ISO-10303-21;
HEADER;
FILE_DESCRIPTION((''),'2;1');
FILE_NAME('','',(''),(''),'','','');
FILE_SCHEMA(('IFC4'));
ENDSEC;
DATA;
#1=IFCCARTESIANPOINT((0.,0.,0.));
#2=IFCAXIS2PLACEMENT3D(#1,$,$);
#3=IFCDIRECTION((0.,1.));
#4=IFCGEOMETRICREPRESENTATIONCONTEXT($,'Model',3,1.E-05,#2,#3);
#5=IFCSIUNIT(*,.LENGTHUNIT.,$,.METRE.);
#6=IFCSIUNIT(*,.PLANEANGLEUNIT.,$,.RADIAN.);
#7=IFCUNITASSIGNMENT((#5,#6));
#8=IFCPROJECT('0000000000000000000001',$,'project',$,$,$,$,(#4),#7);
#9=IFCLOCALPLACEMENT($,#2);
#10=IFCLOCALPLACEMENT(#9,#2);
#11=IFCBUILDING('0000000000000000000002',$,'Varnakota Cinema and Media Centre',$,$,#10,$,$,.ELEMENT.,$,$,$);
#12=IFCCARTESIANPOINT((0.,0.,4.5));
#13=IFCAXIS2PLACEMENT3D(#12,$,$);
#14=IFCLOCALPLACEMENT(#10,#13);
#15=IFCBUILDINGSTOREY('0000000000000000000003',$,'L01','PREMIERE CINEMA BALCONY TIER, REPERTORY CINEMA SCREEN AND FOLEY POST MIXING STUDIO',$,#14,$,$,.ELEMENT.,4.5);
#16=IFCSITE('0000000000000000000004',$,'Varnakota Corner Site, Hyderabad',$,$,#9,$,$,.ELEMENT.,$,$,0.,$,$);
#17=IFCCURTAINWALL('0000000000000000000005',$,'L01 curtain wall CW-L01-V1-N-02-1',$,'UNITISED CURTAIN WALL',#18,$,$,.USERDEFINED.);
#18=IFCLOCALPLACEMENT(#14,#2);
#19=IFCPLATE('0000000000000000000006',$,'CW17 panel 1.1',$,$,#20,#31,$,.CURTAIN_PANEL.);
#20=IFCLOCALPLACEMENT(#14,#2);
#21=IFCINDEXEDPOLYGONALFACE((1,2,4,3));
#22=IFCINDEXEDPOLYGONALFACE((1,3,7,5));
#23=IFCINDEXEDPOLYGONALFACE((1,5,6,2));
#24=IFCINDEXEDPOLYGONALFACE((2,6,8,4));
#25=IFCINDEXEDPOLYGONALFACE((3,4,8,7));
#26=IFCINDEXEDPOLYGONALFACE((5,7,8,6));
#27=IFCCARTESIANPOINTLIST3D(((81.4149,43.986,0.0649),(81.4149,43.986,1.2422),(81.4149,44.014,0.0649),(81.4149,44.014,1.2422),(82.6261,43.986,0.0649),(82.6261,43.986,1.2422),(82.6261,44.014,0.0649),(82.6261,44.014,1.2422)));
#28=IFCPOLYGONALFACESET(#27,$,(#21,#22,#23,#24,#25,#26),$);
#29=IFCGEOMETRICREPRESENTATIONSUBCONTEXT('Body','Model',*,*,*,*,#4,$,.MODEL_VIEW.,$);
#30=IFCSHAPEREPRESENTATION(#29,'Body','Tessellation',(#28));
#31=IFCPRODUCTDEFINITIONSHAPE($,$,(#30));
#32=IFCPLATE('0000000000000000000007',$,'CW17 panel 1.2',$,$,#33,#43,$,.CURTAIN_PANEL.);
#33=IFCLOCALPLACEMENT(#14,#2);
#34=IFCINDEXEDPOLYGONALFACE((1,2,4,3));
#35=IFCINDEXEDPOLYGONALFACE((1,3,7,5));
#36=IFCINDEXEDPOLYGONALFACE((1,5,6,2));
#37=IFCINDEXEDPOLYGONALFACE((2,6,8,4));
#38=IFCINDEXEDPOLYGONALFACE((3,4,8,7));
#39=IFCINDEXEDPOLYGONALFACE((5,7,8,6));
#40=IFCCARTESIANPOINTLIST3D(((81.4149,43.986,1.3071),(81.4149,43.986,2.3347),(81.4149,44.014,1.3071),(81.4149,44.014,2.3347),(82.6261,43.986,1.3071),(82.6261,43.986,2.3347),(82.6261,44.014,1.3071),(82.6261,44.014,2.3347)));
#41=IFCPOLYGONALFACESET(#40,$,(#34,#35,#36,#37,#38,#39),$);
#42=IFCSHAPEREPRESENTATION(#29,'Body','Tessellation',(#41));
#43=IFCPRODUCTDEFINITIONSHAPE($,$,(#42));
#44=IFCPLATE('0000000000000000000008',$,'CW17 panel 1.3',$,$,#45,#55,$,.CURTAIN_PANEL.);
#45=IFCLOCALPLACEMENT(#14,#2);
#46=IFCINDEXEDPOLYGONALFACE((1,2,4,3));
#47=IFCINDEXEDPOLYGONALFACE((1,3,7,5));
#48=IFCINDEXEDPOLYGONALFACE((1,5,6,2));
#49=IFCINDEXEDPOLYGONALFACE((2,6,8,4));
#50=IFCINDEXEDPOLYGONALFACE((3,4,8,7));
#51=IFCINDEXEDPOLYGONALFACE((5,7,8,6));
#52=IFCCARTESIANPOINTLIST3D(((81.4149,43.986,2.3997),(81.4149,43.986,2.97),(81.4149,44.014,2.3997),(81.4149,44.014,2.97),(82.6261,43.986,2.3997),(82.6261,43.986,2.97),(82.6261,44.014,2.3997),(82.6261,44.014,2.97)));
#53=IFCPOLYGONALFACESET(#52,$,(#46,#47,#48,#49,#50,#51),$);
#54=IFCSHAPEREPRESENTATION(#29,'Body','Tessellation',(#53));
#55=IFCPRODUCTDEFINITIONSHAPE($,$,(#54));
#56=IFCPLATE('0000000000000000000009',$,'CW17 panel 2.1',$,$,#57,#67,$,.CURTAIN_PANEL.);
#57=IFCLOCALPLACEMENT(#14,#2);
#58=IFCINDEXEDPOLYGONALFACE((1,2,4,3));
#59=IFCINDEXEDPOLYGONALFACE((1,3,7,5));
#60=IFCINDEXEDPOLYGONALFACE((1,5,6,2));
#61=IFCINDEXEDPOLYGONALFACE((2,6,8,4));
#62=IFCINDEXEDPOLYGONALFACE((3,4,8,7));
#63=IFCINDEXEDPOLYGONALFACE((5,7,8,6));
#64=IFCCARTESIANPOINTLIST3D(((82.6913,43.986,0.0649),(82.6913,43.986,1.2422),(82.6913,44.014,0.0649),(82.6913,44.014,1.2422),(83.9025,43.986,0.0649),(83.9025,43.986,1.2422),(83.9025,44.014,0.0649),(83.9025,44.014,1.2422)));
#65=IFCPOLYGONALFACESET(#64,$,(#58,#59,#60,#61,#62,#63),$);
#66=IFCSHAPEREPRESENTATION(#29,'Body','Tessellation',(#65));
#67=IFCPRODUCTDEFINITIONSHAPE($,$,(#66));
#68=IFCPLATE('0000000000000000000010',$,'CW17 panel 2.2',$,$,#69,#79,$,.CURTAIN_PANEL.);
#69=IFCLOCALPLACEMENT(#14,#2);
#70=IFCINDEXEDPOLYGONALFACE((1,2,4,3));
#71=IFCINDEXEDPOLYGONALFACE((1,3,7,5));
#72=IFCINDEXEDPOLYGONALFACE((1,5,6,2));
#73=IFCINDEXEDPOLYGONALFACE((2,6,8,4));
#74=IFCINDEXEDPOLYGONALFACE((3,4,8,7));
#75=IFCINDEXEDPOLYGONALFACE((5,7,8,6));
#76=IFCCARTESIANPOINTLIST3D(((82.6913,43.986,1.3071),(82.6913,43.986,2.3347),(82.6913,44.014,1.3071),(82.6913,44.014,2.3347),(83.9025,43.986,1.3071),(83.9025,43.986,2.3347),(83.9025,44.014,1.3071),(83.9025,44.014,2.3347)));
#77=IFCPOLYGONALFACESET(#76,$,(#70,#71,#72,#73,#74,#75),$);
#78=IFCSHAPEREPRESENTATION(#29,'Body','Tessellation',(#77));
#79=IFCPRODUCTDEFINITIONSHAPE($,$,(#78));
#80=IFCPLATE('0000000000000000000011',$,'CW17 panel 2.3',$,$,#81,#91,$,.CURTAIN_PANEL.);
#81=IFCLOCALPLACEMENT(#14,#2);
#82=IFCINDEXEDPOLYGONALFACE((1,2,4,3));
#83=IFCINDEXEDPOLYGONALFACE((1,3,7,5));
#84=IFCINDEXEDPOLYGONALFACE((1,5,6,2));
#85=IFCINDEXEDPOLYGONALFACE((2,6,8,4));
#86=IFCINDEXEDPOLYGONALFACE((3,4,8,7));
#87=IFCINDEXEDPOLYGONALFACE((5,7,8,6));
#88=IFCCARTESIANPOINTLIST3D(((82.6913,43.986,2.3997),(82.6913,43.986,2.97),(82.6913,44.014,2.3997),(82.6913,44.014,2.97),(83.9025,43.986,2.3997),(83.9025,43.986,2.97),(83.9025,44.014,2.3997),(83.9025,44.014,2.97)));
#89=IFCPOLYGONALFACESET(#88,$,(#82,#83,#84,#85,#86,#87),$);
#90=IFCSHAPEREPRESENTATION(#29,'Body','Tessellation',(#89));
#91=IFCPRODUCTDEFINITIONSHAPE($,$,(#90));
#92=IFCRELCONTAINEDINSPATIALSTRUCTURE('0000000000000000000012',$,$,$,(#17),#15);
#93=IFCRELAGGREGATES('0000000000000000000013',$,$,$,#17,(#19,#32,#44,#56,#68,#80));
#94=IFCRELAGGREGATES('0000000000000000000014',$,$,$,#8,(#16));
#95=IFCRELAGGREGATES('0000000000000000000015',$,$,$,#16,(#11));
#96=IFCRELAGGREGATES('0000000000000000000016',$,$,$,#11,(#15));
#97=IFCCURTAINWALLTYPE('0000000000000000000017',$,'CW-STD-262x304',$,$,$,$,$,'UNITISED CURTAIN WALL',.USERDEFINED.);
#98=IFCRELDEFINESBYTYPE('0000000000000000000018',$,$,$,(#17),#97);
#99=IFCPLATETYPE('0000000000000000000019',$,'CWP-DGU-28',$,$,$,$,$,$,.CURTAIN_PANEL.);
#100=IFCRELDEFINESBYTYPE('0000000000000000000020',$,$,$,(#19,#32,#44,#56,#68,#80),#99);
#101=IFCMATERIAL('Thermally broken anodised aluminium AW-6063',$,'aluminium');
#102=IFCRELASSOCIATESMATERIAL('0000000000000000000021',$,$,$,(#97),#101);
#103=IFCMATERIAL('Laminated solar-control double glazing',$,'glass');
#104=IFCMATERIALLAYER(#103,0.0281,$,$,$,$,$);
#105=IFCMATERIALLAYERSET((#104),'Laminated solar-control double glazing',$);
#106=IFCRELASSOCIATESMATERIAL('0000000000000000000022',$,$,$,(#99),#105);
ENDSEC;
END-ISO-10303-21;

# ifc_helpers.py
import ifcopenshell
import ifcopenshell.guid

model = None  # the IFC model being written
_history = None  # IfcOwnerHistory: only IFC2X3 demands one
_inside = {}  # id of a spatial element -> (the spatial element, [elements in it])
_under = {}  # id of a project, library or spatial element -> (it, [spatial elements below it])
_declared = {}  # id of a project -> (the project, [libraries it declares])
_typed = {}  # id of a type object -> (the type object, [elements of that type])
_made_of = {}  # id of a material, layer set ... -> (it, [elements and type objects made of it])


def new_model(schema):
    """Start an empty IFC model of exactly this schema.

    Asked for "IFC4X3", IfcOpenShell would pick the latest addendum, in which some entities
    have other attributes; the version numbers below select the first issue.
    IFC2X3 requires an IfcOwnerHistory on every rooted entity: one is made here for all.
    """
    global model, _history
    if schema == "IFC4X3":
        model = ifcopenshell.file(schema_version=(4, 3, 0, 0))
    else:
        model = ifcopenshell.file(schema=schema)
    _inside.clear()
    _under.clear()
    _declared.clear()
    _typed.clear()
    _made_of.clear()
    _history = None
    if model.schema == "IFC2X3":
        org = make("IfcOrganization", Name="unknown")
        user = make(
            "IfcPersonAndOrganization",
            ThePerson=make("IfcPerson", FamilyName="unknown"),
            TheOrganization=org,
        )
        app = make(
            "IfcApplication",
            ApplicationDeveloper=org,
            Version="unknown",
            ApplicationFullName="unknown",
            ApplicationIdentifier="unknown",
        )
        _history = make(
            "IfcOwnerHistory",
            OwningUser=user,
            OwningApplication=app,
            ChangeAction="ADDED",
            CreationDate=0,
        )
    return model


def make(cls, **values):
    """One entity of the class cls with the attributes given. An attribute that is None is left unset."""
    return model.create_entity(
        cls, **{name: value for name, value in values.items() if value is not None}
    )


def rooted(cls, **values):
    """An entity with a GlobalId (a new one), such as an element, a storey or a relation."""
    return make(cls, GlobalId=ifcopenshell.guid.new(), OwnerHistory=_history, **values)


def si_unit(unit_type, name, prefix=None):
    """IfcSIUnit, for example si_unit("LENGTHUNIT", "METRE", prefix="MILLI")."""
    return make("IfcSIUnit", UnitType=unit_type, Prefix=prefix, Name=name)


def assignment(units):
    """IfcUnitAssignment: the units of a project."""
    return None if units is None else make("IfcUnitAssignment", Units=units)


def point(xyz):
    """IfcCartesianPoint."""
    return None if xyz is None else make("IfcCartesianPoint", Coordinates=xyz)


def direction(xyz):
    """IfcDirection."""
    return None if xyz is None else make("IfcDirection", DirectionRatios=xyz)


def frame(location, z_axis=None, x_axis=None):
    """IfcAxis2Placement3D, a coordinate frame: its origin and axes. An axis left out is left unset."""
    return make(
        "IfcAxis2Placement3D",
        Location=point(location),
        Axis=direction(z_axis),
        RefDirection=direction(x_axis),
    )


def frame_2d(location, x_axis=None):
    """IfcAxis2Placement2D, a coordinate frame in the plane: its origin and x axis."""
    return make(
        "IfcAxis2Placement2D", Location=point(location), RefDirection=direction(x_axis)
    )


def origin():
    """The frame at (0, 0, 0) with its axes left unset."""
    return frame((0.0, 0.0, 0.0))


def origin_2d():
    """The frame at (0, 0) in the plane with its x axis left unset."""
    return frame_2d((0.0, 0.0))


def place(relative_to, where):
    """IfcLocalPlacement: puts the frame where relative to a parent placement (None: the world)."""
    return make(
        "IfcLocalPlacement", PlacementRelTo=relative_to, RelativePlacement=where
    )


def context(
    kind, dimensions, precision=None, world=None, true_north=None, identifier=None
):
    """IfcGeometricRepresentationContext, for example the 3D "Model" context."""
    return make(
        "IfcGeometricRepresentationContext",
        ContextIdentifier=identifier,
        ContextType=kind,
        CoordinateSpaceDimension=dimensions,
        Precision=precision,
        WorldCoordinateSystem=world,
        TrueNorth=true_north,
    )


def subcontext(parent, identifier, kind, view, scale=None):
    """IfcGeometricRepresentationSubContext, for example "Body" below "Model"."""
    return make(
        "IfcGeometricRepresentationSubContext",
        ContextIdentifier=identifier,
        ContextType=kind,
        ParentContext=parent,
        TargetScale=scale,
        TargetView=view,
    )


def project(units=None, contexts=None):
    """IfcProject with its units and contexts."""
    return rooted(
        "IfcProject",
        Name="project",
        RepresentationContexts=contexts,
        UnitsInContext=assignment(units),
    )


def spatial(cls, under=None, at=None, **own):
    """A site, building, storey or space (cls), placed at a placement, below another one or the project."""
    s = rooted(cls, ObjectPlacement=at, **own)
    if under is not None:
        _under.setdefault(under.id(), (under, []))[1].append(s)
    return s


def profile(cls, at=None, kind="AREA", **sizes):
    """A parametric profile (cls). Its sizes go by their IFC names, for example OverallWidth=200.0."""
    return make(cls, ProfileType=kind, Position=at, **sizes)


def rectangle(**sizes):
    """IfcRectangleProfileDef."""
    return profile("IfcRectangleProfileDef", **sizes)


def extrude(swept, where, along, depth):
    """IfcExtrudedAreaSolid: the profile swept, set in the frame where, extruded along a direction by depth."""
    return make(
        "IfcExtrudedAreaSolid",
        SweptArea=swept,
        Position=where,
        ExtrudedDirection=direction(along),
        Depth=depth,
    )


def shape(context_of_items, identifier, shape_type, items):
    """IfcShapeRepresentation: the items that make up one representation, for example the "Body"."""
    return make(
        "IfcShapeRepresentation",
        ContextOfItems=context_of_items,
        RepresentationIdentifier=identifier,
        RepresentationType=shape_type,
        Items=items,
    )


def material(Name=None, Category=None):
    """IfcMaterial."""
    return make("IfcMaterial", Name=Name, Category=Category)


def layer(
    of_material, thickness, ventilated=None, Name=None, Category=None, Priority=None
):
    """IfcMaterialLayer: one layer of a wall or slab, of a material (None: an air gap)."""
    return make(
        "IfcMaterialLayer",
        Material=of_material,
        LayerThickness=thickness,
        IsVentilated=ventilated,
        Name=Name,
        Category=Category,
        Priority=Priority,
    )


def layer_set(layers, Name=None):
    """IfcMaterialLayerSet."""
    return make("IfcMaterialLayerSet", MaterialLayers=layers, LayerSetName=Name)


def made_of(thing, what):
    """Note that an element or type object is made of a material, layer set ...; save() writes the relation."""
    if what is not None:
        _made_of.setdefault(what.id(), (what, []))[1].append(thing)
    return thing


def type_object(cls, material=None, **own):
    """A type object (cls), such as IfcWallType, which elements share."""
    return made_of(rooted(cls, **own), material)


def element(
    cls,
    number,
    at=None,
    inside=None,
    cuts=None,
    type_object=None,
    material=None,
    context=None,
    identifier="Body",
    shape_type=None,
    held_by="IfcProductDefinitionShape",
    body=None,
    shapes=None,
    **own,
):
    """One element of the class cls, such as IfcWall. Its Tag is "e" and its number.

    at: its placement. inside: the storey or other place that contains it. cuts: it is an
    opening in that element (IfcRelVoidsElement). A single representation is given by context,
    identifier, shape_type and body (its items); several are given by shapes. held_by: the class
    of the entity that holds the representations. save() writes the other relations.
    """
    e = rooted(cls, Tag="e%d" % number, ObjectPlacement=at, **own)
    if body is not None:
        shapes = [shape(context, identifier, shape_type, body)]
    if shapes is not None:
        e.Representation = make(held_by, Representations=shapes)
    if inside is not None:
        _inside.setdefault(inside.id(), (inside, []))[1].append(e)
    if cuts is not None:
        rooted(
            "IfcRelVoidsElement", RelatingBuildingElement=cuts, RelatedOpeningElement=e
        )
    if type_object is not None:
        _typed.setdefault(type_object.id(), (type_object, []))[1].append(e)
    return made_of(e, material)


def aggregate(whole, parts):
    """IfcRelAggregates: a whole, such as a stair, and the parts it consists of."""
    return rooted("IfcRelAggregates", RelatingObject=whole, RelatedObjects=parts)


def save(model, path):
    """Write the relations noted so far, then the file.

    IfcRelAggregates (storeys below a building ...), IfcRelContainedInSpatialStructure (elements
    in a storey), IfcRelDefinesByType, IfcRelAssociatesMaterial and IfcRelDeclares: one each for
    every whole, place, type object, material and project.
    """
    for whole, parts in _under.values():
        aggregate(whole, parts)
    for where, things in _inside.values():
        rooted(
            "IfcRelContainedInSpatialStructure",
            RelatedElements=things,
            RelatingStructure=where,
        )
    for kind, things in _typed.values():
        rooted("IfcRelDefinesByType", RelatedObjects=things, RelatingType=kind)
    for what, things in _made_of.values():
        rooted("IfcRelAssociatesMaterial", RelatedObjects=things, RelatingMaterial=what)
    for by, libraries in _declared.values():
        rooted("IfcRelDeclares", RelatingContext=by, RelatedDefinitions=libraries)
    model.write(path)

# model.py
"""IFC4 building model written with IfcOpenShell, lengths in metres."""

from ifc_helpers import new_model, si_unit, direction, frame, origin, origin_2d, place, context, subcontext, project, spatial, rectangle, extrude, material, layer, layer_set, type_object, element, aggregate, save


model = new_model("IFC4")

# Units and contexts
model_context = context("Model", 3, precision=1e-05, world=origin(), true_north=direction((0.0, 1.0)))
body_context = subcontext(model_context, "Body", "Model", "MODEL_VIEW")
ifc_project = project(units=[si_unit("LENGTHUNIT", "METRE"), si_unit("PLANEANGLEUNIT", "RADIAN")], contexts=[model_context])

# Site, building, storey
site_placement = place(None, origin())
site = spatial("IfcSite", under=ifc_project, at=site_placement, Name="Varnakota Corner Site, Hyderabad", CompositionType="ELEMENT", RefElevation=0.0)
building_placement = place(site_placement, origin())
building = spatial("IfcBuilding", under=site, at=building_placement, Name="Varnakota Cinema and Media Centre", CompositionType="ELEMENT")
storey_placement = place(building_placement, frame((0.0, 0.0, 4.5)))
storey = spatial("IfcBuildingStorey", under=building, at=storey_placement, Name="L01", Description="PREMIERE CINEMA BALCONY TIER, REPERTORY CINEMA SCREEN AND FOLEY POST MIXING STUDIO", CompositionType="ELEMENT", Elevation=4.5)

# Curtain wall
ifc_material_1 = material(Name="Thermally broken anodised aluminium AW-6063", Category="aluminium")
curtain_wall_type = type_object("IfcCurtainWallType", Name="CW-STD-262x304", ElementType="UNITISED CURTAIN WALL", PredefinedType="USERDEFINED", material=ifc_material_1)
curtain_wall_1_placement = place(storey_placement, origin())
curtain_wall_1 = element("IfcCurtainWall", 1, at=curtain_wall_1_placement, inside=storey, type_object=curtain_wall_type, Name="L01 curtain wall CW-L01-V1-N-02-1", ObjectType="UNITISED CURTAIN WALL", PredefinedType="USERDEFINED")

# Plates
ifc_material_2 = material(Name="Laminated solar-control double glazing", Category="glass")
ifc_layer = layer(ifc_material_2, 0.0281)
ifc_layer_set = layer_set([ifc_layer], Name="Laminated solar-control double glazing")
plate_type = type_object("IfcPlateType", Name="CWP-DGU-28", PredefinedType="CURTAIN_PANEL", material=ifc_layer_set)
plate_1_placement = place(storey_placement, frame((82.0205, 44.0, 0.0649), z_axis=(0.0, 0.0, 1.0), x_axis=(1.0, 0.0, 0.0)))
plate_1 = element("IfcPlate", 2, at=plate_1_placement, type_object=plate_type, Name="CW17 panel 1.1", PredefinedType="CURTAIN_PANEL", context=body_context, shape_type="SweptSolid", body=[
    extrude(rectangle(XDim=1.2112, YDim=0.0281, at=origin_2d()), origin(), (0.0, 0.0, 1.0), 1.1772),
])
plate_2_placement = place(storey_placement, frame((82.0205, 44.0, 1.3071), z_axis=(0.0, 0.0, 1.0), x_axis=(1.0, 0.0, 0.0)))
plate_2 = element("IfcPlate", 3, at=plate_2_placement, type_object=plate_type, Name="CW17 panel 1.2", PredefinedType="CURTAIN_PANEL", context=body_context, shape_type="SweptSolid", body=[
    extrude(rectangle(XDim=1.2112, YDim=0.0281, at=origin_2d()), origin(), (0.0, 0.0, 1.0), 1.0276),
])
plate_3_placement = place(storey_placement, frame((82.0205, 44.0, 2.3997), z_axis=(0.0, 0.0, 1.0), x_axis=(1.0, 0.0, 0.0)))
plate_3 = element("IfcPlate", 4, at=plate_3_placement, type_object=plate_type, Name="CW17 panel 1.3", PredefinedType="CURTAIN_PANEL", context=body_context, shape_type="SweptSolid", body=[
    extrude(rectangle(XDim=1.2112, YDim=0.0281, at=origin_2d()), origin(), (0.0, 0.0, 1.0), 0.5703),
])
plate_4_placement = place(storey_placement, frame((83.2969, 44.0, 0.0649), z_axis=(0.0, 0.0, 1.0), x_axis=(1.0, 0.0, 0.0)))
plate_4 = element("IfcPlate", 5, at=plate_4_placement, type_object=plate_type, Name="CW17 panel 2.1", PredefinedType="CURTAIN_PANEL", context=body_context, shape_type="SweptSolid", body=[
    extrude(rectangle(XDim=1.2112, YDim=0.0281, at=origin_2d()), origin(), (0.0, 0.0, 1.0), 1.1772),
])
plate_5_placement = place(storey_placement, frame((83.2969, 44.0, 1.3071), z_axis=(0.0, 0.0, 1.0), x_axis=(1.0, 0.0, 0.0)))
plate_5 = element("IfcPlate", 6, at=plate_5_placement, type_object=plate_type, Name="CW17 panel 2.2", PredefinedType="CURTAIN_PANEL", context=body_context, shape_type="SweptSolid", body=[
    extrude(rectangle(XDim=1.2112, YDim=0.0281, at=origin_2d()), origin(), (0.0, 0.0, 1.0), 1.0276),
])
plate_6_placement = place(storey_placement, frame((83.2969, 44.0, 2.3997), z_axis=(0.0, 0.0, 1.0), x_axis=(1.0, 0.0, 0.0)))
plate_6 = element("IfcPlate", 7, at=plate_6_placement, type_object=plate_type, Name="CW17 panel 2.3", PredefinedType="CURTAIN_PANEL", context=body_context, shape_type="SweptSolid", body=[
    extrude(rectangle(XDim=1.2112, YDim=0.0281, at=origin_2d()), origin(), (0.0, 0.0, 1.0), 0.5703),
])
aggregate(curtain_wall_1, [plate_1, plate_2, plate_3, plate_4, plate_5, plate_6])

save(model, "model.ifc")
